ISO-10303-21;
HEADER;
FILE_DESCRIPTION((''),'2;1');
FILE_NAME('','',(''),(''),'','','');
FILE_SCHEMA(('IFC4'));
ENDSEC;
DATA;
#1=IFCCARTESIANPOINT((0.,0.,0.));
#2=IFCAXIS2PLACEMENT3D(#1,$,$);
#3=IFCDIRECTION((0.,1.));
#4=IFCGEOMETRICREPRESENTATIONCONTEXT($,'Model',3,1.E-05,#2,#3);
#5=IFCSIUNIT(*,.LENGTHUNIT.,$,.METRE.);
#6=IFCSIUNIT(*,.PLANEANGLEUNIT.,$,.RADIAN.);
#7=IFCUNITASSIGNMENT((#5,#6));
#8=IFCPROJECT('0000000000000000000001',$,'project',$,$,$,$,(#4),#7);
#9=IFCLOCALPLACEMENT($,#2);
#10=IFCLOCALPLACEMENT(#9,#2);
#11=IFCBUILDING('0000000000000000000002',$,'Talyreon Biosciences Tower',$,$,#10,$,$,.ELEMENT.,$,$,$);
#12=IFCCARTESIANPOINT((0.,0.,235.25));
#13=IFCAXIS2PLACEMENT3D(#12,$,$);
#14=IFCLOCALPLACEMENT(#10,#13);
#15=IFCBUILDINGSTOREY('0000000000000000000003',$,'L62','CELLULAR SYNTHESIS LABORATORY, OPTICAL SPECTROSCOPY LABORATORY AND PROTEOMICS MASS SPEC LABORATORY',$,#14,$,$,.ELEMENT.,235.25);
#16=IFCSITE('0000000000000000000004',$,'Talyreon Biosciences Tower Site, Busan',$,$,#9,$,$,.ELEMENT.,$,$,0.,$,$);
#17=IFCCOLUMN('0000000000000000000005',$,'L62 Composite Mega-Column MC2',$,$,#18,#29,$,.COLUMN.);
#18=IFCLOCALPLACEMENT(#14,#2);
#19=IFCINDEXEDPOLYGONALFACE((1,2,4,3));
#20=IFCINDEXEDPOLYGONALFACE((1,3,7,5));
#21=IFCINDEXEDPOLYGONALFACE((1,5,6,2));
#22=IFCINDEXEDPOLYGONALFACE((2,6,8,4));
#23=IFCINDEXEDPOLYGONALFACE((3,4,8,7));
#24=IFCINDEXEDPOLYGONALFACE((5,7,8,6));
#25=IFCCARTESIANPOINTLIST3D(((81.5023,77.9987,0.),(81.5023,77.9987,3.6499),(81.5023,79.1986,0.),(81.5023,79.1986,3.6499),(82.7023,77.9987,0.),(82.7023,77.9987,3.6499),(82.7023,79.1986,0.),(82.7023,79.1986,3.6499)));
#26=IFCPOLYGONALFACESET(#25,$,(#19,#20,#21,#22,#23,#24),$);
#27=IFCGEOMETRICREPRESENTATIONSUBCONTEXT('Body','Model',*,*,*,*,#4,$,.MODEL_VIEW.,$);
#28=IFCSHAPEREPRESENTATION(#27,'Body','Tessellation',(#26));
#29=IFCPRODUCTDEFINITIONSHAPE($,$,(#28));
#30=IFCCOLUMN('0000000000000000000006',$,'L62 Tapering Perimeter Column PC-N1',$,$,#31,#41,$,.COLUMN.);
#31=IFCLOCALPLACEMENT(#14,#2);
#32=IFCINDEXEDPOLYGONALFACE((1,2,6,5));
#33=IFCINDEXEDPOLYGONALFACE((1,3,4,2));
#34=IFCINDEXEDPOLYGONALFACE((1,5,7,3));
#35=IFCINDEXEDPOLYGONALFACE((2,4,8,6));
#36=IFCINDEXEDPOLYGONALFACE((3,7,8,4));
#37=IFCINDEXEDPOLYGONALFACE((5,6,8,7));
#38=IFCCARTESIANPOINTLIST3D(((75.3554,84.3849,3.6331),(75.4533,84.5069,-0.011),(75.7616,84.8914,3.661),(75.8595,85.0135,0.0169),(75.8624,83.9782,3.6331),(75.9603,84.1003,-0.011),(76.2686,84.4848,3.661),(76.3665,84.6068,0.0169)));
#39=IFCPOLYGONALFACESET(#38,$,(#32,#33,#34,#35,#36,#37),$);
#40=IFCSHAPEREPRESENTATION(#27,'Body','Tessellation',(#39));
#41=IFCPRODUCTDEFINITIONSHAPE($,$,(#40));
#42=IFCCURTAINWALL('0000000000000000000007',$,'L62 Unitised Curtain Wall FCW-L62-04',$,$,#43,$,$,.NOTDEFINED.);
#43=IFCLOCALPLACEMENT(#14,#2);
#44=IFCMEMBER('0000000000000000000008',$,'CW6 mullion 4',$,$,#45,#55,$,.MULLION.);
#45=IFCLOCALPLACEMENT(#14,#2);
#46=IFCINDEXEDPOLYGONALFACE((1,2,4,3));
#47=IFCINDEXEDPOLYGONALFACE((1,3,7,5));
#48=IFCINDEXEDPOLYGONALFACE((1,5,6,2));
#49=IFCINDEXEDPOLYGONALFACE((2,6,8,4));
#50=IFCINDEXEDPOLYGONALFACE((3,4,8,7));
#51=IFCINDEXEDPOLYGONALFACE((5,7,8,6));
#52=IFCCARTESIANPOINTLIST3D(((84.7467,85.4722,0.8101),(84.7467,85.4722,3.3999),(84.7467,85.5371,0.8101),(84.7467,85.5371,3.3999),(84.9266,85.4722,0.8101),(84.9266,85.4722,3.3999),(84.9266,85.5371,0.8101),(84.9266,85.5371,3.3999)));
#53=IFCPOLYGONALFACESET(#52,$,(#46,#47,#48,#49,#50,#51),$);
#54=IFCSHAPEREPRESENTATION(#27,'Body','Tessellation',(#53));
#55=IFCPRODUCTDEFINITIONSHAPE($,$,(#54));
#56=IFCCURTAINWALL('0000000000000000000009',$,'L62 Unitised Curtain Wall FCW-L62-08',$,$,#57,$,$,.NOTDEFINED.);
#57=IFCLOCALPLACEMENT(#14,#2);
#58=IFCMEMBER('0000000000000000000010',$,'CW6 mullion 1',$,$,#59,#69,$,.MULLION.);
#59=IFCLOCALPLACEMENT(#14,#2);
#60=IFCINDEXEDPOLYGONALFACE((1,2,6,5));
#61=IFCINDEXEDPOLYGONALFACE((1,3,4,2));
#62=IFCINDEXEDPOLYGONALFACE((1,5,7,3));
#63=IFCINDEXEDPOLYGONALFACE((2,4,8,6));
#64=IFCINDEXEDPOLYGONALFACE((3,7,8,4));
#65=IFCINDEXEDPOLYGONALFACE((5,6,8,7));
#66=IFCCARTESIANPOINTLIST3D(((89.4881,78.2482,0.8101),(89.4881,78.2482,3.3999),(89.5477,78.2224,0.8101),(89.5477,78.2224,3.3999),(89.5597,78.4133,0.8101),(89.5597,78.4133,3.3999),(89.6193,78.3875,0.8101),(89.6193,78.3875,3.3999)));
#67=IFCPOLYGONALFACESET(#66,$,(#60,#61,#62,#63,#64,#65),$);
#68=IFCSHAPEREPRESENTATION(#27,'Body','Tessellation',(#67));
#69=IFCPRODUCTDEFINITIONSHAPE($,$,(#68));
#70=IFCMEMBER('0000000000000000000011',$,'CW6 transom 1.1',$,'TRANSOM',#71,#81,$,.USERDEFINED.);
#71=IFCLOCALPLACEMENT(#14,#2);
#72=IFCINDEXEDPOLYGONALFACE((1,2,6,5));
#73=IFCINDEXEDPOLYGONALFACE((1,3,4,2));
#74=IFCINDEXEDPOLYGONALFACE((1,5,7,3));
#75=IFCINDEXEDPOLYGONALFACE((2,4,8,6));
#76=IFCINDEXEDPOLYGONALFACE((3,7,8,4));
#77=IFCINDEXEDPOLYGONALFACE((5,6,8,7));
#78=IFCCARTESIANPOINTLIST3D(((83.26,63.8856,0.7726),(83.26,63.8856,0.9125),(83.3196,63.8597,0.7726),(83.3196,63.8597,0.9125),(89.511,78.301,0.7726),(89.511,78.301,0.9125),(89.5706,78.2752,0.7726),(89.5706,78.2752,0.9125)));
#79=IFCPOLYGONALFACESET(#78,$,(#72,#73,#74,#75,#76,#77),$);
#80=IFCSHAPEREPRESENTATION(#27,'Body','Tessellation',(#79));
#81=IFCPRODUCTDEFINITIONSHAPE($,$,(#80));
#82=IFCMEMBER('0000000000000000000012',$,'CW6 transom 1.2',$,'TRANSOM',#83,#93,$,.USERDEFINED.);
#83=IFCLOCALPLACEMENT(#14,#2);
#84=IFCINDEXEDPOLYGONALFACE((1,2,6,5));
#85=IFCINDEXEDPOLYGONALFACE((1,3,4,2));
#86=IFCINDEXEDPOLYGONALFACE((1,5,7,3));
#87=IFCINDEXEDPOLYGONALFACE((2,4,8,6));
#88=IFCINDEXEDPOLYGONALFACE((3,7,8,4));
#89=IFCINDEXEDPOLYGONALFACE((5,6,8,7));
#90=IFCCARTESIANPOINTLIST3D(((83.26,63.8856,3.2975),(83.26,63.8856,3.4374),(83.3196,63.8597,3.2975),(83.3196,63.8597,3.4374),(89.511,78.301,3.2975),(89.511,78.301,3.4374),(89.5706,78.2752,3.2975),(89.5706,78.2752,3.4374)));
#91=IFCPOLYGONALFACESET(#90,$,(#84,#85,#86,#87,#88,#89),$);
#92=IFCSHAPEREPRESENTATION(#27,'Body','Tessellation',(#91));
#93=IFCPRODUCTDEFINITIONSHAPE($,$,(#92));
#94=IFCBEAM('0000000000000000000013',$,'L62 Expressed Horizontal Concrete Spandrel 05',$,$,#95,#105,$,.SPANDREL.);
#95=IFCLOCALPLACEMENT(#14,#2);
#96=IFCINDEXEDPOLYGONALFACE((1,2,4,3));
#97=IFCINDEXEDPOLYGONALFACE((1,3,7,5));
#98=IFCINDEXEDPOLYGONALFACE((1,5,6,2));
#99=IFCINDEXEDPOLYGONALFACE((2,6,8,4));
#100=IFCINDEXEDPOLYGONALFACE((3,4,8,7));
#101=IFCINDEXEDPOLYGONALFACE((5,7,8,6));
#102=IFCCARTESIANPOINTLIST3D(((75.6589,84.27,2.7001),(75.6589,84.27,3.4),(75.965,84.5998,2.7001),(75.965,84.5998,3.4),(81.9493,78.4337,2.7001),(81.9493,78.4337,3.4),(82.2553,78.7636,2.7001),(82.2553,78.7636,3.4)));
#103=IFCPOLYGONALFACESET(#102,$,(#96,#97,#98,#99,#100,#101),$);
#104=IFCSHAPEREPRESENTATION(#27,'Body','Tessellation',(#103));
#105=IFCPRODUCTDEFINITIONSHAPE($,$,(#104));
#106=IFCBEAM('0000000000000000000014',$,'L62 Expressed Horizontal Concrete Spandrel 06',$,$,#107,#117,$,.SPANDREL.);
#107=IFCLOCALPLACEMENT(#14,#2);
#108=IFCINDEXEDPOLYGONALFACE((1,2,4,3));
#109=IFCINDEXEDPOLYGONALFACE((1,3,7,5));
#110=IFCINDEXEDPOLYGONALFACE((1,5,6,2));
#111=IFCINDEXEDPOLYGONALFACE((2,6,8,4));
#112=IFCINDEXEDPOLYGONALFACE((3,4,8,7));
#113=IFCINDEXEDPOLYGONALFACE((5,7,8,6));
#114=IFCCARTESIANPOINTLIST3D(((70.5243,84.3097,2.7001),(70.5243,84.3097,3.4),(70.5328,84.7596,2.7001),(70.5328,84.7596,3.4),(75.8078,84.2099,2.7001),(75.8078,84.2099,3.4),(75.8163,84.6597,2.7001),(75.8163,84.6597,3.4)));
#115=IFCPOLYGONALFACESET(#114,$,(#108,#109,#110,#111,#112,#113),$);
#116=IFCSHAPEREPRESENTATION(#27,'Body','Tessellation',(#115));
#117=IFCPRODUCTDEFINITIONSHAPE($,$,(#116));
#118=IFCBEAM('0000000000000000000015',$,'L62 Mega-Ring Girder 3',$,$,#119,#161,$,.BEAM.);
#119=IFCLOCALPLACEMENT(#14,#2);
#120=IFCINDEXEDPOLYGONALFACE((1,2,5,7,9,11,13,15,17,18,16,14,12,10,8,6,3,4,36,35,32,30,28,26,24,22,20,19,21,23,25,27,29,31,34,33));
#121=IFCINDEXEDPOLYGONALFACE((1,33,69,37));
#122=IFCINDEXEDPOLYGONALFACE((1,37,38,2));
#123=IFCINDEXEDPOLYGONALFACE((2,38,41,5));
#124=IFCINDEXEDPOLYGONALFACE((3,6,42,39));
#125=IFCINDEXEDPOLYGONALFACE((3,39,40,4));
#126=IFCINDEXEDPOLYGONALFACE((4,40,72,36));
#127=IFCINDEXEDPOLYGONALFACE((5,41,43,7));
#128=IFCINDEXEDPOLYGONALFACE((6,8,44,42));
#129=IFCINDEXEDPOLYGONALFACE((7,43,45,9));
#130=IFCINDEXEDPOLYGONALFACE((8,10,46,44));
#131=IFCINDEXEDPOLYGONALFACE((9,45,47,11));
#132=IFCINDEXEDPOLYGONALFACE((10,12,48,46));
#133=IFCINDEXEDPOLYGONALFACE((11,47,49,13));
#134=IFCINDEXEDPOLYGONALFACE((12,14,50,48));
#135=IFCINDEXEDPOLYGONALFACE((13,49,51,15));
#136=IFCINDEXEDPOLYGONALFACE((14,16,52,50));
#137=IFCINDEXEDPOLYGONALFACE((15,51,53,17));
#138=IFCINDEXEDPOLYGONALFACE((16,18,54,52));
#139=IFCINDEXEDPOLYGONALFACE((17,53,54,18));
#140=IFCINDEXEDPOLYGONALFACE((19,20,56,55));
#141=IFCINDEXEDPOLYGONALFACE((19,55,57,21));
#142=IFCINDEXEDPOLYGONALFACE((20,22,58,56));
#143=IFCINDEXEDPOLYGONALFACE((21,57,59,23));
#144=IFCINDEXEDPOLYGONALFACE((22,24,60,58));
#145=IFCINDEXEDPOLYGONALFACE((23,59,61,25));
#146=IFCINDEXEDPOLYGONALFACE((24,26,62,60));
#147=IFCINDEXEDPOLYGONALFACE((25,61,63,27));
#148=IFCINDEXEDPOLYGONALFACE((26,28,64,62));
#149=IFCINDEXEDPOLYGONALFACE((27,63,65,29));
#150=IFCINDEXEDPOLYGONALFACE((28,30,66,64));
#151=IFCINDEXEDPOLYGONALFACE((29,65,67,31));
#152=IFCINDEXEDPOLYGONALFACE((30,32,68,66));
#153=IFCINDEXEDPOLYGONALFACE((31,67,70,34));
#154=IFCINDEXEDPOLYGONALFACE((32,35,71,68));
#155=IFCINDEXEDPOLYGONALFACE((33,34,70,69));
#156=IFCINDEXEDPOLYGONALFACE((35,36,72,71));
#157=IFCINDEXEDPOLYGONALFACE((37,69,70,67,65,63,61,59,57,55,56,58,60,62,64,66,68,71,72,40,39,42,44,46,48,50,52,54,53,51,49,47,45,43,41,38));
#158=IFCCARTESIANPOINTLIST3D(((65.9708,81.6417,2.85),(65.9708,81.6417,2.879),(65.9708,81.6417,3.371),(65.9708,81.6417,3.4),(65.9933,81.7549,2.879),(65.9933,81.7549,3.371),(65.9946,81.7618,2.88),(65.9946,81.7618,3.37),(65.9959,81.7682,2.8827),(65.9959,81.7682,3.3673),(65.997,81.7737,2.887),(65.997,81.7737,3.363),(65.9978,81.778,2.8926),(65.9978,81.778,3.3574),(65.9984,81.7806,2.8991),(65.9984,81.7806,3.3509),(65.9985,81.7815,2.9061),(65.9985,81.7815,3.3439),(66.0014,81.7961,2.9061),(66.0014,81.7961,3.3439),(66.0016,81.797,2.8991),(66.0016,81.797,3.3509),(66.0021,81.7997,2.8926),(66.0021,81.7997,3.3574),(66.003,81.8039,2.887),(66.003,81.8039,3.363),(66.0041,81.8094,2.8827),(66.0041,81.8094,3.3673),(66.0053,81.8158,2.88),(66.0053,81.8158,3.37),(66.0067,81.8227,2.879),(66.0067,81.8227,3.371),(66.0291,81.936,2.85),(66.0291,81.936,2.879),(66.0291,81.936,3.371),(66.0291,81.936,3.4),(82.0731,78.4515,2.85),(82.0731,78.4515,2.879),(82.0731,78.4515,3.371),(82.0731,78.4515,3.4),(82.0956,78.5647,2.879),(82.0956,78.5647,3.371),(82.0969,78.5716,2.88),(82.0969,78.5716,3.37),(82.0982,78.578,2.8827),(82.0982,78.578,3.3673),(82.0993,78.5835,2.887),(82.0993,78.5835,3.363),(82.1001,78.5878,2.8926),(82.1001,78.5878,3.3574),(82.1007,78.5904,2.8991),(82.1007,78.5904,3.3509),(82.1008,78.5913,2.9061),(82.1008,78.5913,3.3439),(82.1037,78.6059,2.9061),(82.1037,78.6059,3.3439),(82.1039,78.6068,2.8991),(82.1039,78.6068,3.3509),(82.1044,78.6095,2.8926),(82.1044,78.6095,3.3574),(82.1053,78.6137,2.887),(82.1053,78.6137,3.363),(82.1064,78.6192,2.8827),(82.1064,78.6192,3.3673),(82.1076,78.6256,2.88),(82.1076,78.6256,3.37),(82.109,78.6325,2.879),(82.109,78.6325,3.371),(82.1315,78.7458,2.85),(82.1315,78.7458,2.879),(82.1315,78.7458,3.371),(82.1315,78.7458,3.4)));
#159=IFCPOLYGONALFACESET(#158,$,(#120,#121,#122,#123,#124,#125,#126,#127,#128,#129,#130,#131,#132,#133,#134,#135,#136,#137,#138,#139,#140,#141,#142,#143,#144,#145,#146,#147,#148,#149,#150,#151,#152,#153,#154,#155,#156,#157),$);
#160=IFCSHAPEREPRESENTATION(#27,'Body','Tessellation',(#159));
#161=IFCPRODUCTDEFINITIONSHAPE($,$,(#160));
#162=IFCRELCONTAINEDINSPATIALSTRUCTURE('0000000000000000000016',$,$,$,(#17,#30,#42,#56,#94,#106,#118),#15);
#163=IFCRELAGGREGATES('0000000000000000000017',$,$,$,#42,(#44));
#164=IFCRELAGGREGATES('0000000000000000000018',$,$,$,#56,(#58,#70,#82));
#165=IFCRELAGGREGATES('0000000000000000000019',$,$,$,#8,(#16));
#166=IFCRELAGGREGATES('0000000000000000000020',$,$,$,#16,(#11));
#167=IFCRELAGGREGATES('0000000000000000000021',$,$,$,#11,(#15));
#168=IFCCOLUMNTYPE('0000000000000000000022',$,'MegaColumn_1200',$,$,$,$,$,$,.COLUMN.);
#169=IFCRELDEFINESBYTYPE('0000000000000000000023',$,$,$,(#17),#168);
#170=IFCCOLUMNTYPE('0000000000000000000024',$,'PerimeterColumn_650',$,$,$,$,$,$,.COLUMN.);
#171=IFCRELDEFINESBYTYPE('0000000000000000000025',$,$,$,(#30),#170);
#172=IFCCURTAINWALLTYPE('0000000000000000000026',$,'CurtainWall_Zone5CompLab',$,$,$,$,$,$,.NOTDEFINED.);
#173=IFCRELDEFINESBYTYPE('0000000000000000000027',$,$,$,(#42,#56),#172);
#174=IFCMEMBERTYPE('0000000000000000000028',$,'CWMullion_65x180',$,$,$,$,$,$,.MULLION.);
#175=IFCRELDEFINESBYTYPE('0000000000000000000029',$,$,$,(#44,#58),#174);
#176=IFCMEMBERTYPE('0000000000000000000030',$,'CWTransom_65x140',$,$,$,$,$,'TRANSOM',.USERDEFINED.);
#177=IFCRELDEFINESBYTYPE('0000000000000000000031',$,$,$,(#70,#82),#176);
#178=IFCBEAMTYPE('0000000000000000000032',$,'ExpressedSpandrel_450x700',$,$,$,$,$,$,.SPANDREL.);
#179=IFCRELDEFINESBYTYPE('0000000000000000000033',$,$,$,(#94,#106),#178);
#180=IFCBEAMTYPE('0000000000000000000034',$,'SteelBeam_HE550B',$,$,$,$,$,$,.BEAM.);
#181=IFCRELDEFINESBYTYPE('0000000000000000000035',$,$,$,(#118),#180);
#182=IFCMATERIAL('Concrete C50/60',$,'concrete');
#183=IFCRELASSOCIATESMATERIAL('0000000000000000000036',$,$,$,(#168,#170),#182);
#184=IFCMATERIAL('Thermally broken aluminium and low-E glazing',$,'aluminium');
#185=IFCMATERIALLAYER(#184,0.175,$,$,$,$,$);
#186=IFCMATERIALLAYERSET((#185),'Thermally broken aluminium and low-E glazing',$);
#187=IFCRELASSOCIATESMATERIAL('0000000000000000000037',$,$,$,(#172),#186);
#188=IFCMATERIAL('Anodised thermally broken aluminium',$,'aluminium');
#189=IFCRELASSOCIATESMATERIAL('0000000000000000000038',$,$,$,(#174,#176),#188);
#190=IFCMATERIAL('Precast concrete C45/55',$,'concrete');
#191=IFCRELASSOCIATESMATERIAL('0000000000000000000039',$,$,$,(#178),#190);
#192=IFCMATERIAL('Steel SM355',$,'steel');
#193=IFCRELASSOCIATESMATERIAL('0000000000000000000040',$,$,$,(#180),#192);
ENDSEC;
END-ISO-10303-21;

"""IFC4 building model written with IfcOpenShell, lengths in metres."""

from ifc_helpers import new_model, si_unit, direction, frame, origin, origin_2d, place, context, subcontext, project, spatial, rectangle, i_section, extrude, material, layer, layer_set, material_profile, profile_set, type_object, element, aggregate, save


model = new_model("IFC4")

# Units and contexts
model_context = context("Model", 3, precision=1e-05, world=origin(), true_north=direction((0.0, 1.0)))
body_context = subcontext(model_context, "Body", "Model", "MODEL_VIEW")
ifc_project = project(units=[si_unit("LENGTHUNIT", "METRE"), si_unit("PLANEANGLEUNIT", "RADIAN")], contexts=[model_context])

# Site, building, storey
site_placement = place(None, origin())
site = spatial("IfcSite", under=ifc_project, at=site_placement, Name="Talyreon Biosciences Tower Site, Busan", CompositionType="ELEMENT", RefElevation=0.0)
building_placement = place(site_placement, origin())
building = spatial("IfcBuilding", under=site, at=building_placement, Name="Talyreon Biosciences Tower", CompositionType="ELEMENT")
storey_placement = place(building_placement, frame((0.0, 0.0, 235.25)))
storey = spatial("IfcBuildingStorey", under=building, at=storey_placement, Name="L62", Description="CELLULAR SYNTHESIS LABORATORY, OPTICAL SPECTROSCOPY LABORATORY AND PROTEOMICS MASS SPEC LABORATORY", CompositionType="ELEMENT", Elevation=235.25)

# Columns
ifc_material_1 = material(Name="Concrete C50/60", Category="concrete")
ifc_material_profile_1 = material_profile(ifc_material_1, rectangle(XDim=1.2, YDim=1.2, at=origin_2d()), Name="RC 1200x1200")
ifc_profile_set_1 = profile_set([ifc_material_profile_1], Name="Concrete C50/60")
column_type_1 = type_object("IfcColumnType", Name="MegaColumn_1200", PredefinedType="COLUMN", material=ifc_profile_set_1)
column_1_placement = place(storey_placement, frame((82.1023, 78.5986, 0.0), z_axis=(0.0, 0.0, 1.0), x_axis=(1.0, 0.0, 0.0)))
element("IfcColumn", 1, at=column_1_placement, inside=storey, type_object=column_type_1, Name="L62 Composite Mega-Column MC2", PredefinedType="COLUMN", context=body_context, shape_type="SweptSolid", body=[
    extrude(rectangle(XDim=1.2, YDim=1.2, at=origin_2d()), origin(), (0.0, 0.0, 1.0), 3.6499),
])
ifc_material_profile_2 = material_profile(ifc_material_1, rectangle(XDim=0.6499, YDim=0.6499, at=origin_2d()), Name="RC 650x650")
ifc_profile_set_2 = profile_set([ifc_material_profile_2], Name="Concrete C50/60")
column_type_2 = type_object("IfcColumnType", Name="PerimeterColumn_650", PredefinedType="COLUMN", material=ifc_profile_set_2)
column_2_placement = place(storey_placement, frame((75.9099, 84.5569, 0.0029), z_axis=(-0.026841, -0.033468, 0.999079), x_axis=(-0.780107, 0.625646, 0.0)))
element("IfcColumn", 2, at=column_2_placement, inside=storey, type_object=column_type_2, Name="L62 Tapering Perimeter Column PC-N1", PredefinedType="COLUMN", context=body_context, shape_type="SweptSolid", body=[
    extrude(rectangle(XDim=0.6499, YDim=0.6499, at=origin_2d()), origin(), (0.0, 0.0, 1.0), 3.6475),
])

# Curtain wall, member
ifc_material_2 = material(Name="Thermally broken aluminium and low-E glazing", Category="aluminium")
ifc_layer_1 = layer(ifc_material_2, 0.175)
ifc_layer_set_1 = layer_set([ifc_layer_1], Name="Thermally broken aluminium and low-E glazing")
curtain_wall_type = type_object("IfcCurtainWallType", Name="CurtainWall_Zone5CompLab", PredefinedType="NOTDEFINED", material=ifc_layer_set_1)
curtain_wall_1_placement = place(storey_placement, origin())
curtain_wall_1 = element("IfcCurtainWall", 3, at=curtain_wall_1_placement, inside=storey, type_object=curtain_wall_type, Name="L62 Unitised Curtain Wall FCW-L62-04", PredefinedType="NOTDEFINED")
ifc_material_3 = material(Name="Anodised thermally broken aluminium", Category="aluminium")
ifc_material_profile_3 = material_profile(ifc_material_3, rectangle(XDim=0.0649, YDim=0.1799, at=origin_2d()), Name="ALUM MULLION 65x180")
ifc_profile_set_3 = profile_set([ifc_material_profile_3], Name="Anodised thermally broken aluminium")
member_type_1 = type_object("IfcMemberType", Name="CWMullion_65x180", PredefinedType="MULLION", material=ifc_profile_set_3)
member_1_placement = place(storey_placement, frame((84.8367, 85.5046, 0.8101), z_axis=(0.0, 0.0, 1.0), x_axis=(0.0, 1.0, 0.0)))
member_1 = element("IfcMember", 4, at=member_1_placement, type_object=member_type_1, Name="CW6 mullion 4", PredefinedType="MULLION", context=body_context, shape_type="SweptSolid", body=[
    extrude(rectangle(XDim=0.0649, YDim=0.1799, at=origin_2d()), origin(), (0.0, 0.0, 1.0), 2.5898),
])

# Curtain wall, members
curtain_wall_2_placement = place(storey_placement, origin())
curtain_wall_2 = element("IfcCurtainWall", 5, at=curtain_wall_2_placement, inside=storey, type_object=curtain_wall_type, Name="L62 Unitised Curtain Wall FCW-L62-08", PredefinedType="NOTDEFINED")
member_2_placement = place(storey_placement, frame((89.5537, 78.3179, 0.8101), z_axis=(0.0, 0.0, 1.0), x_axis=(0.917458, -0.397832, 0.0)))
member_2 = element("IfcMember", 6, at=member_2_placement, type_object=member_type_1, Name="CW6 mullion 1", PredefinedType="MULLION", context=body_context, shape_type="SweptSolid", body=[
    extrude(rectangle(XDim=0.0649, YDim=0.1799, at=origin_2d()), origin(), (0.0, 0.0, 1.0), 2.5898),
])
ifc_material_profile_4 = material_profile(ifc_material_3, rectangle(XDim=0.0649, YDim=0.1399, at=origin_2d()), Name="ALUM TRANSOM 65x140")
ifc_profile_set_4 = profile_set([ifc_material_profile_4], Name="Anodised thermally broken aluminium")
member_type_2 = type_object("IfcMemberType", Name="CWTransom_65x140", ElementType="TRANSOM", PredefinedType="USERDEFINED", material=ifc_profile_set_4)
member_3_placement = place(storey_placement, frame((89.5408, 78.2881, 0.8425), z_axis=(-0.397835, -0.917457, 0.0), x_axis=(0.917457, -0.397835, 0.0)))
member_3 = element("IfcMember", 7, at=member_3_placement, type_object=member_type_2, Name="CW6 transom 1.1", ObjectType="TRANSOM", PredefinedType="USERDEFINED", context=body_context, shape_type="SweptSolid", body=[
    extrude(rectangle(XDim=0.0649, YDim=0.1399, at=origin_2d()), origin(), (0.0, 0.0, 1.0), 15.7124),
])
member_4_placement = place(storey_placement, frame((89.5408, 78.2881, 3.3674), z_axis=(-0.397835, -0.917457, 0.0), x_axis=(0.917457, -0.397835, 0.0)))
member_4 = element("IfcMember", 8, at=member_4_placement, type_object=member_type_2, Name="CW6 transom 1.2", ObjectType="TRANSOM", PredefinedType="USERDEFINED", context=body_context, shape_type="SweptSolid", body=[
    extrude(rectangle(XDim=0.0649, YDim=0.1399, at=origin_2d()), origin(), (0.0, 0.0, 1.0), 15.7124),
])

# Beams
ifc_material_4 = material(Name="Precast concrete C45/55", Category="concrete")
ifc_material_profile_5 = material_profile(ifc_material_4, rectangle(XDim=0.45, YDim=0.7, at=origin_2d()), Name="RCB 450x700")
ifc_profile_set_5 = profile_set([ifc_material_profile_5], Name="Precast concrete C45/55")
beam_type_1 = type_object("IfcBeamType", Name="ExpressedSpandrel_450x700", PredefinedType="SPANDREL", material=ifc_profile_set_5)
beam_1_placement = place(storey_placement, frame((82.1023, 78.5986, 3.05), z_axis=(-0.733072, 0.680151, 0.0), x_axis=(-0.680151, -0.733072, 0.0)))
element("IfcBeam", 9, at=beam_1_placement, inside=storey, type_object=beam_type_1, Name="L62 Expressed Horizontal Concrete Spandrel 05", PredefinedType="SPANDREL", context=body_context, shape_type="SweptSolid", body=[
    extrude(rectangle(XDim=0.45, YDim=0.7, at=origin_2d()), origin(), (0.0, 0.0, 1.0), 8.5808),
])
beam_2_placement = place(storey_placement, frame((75.812, 84.4348, 3.05), z_axis=(-0.999821, 0.018896, 0.0), x_axis=(-0.018896, -0.999821, 0.0)))
element("IfcBeam", 10, at=beam_2_placement, inside=storey, type_object=beam_type_1, Name="L62 Expressed Horizontal Concrete Spandrel 06", PredefinedType="SPANDREL", context=body_context, shape_type="SweptSolid", body=[
    extrude(rectangle(XDim=0.45, YDim=0.7, at=origin_2d()), origin(), (0.0, 0.0, 1.0), 5.2844),
])
ifc_material_5 = material(Name="Steel SM355", Category="steel")
ifc_material_profile_6 = material_profile(ifc_material_5, i_section(OverallWidth=0.3, OverallDepth=0.55, WebThickness=0.0149, FlangeThickness=0.0291, FilletRadius=0.0271, at=origin_2d()), Name="HE550B")
ifc_profile_set_6 = profile_set([ifc_material_profile_6], Name="Steel SM355")
beam_type_2 = type_object("IfcBeamType", Name="SteelBeam_HE550B", PredefinedType="BEAM", material=ifc_profile_set_6)
beam_3_placement = place(storey_placement, frame((82.1023, 78.5986, 3.125), z_axis=(-0.980934, 0.194343, 0.0), x_axis=(-0.194343, -0.980934, 0.0)))
element("IfcBeam", 11, at=beam_3_placement, inside=storey, type_object=beam_type_2, Name="L62 Mega-Ring Girder 3", PredefinedType="BEAM", context=body_context, shape_type="SweptSolid", body=[
    extrude(i_section(OverallWidth=0.3, OverallDepth=0.55, WebThickness=0.0149, FlangeThickness=0.0291, FilletRadius=0.0271, at=origin_2d()), origin(), (0.0, 0.0, 1.0), 16.4153),
])

aggregate(curtain_wall_1, [member_1])
aggregate(curtain_wall_2, [member_2, member_3, member_4])

save(model, "model.ifc")
